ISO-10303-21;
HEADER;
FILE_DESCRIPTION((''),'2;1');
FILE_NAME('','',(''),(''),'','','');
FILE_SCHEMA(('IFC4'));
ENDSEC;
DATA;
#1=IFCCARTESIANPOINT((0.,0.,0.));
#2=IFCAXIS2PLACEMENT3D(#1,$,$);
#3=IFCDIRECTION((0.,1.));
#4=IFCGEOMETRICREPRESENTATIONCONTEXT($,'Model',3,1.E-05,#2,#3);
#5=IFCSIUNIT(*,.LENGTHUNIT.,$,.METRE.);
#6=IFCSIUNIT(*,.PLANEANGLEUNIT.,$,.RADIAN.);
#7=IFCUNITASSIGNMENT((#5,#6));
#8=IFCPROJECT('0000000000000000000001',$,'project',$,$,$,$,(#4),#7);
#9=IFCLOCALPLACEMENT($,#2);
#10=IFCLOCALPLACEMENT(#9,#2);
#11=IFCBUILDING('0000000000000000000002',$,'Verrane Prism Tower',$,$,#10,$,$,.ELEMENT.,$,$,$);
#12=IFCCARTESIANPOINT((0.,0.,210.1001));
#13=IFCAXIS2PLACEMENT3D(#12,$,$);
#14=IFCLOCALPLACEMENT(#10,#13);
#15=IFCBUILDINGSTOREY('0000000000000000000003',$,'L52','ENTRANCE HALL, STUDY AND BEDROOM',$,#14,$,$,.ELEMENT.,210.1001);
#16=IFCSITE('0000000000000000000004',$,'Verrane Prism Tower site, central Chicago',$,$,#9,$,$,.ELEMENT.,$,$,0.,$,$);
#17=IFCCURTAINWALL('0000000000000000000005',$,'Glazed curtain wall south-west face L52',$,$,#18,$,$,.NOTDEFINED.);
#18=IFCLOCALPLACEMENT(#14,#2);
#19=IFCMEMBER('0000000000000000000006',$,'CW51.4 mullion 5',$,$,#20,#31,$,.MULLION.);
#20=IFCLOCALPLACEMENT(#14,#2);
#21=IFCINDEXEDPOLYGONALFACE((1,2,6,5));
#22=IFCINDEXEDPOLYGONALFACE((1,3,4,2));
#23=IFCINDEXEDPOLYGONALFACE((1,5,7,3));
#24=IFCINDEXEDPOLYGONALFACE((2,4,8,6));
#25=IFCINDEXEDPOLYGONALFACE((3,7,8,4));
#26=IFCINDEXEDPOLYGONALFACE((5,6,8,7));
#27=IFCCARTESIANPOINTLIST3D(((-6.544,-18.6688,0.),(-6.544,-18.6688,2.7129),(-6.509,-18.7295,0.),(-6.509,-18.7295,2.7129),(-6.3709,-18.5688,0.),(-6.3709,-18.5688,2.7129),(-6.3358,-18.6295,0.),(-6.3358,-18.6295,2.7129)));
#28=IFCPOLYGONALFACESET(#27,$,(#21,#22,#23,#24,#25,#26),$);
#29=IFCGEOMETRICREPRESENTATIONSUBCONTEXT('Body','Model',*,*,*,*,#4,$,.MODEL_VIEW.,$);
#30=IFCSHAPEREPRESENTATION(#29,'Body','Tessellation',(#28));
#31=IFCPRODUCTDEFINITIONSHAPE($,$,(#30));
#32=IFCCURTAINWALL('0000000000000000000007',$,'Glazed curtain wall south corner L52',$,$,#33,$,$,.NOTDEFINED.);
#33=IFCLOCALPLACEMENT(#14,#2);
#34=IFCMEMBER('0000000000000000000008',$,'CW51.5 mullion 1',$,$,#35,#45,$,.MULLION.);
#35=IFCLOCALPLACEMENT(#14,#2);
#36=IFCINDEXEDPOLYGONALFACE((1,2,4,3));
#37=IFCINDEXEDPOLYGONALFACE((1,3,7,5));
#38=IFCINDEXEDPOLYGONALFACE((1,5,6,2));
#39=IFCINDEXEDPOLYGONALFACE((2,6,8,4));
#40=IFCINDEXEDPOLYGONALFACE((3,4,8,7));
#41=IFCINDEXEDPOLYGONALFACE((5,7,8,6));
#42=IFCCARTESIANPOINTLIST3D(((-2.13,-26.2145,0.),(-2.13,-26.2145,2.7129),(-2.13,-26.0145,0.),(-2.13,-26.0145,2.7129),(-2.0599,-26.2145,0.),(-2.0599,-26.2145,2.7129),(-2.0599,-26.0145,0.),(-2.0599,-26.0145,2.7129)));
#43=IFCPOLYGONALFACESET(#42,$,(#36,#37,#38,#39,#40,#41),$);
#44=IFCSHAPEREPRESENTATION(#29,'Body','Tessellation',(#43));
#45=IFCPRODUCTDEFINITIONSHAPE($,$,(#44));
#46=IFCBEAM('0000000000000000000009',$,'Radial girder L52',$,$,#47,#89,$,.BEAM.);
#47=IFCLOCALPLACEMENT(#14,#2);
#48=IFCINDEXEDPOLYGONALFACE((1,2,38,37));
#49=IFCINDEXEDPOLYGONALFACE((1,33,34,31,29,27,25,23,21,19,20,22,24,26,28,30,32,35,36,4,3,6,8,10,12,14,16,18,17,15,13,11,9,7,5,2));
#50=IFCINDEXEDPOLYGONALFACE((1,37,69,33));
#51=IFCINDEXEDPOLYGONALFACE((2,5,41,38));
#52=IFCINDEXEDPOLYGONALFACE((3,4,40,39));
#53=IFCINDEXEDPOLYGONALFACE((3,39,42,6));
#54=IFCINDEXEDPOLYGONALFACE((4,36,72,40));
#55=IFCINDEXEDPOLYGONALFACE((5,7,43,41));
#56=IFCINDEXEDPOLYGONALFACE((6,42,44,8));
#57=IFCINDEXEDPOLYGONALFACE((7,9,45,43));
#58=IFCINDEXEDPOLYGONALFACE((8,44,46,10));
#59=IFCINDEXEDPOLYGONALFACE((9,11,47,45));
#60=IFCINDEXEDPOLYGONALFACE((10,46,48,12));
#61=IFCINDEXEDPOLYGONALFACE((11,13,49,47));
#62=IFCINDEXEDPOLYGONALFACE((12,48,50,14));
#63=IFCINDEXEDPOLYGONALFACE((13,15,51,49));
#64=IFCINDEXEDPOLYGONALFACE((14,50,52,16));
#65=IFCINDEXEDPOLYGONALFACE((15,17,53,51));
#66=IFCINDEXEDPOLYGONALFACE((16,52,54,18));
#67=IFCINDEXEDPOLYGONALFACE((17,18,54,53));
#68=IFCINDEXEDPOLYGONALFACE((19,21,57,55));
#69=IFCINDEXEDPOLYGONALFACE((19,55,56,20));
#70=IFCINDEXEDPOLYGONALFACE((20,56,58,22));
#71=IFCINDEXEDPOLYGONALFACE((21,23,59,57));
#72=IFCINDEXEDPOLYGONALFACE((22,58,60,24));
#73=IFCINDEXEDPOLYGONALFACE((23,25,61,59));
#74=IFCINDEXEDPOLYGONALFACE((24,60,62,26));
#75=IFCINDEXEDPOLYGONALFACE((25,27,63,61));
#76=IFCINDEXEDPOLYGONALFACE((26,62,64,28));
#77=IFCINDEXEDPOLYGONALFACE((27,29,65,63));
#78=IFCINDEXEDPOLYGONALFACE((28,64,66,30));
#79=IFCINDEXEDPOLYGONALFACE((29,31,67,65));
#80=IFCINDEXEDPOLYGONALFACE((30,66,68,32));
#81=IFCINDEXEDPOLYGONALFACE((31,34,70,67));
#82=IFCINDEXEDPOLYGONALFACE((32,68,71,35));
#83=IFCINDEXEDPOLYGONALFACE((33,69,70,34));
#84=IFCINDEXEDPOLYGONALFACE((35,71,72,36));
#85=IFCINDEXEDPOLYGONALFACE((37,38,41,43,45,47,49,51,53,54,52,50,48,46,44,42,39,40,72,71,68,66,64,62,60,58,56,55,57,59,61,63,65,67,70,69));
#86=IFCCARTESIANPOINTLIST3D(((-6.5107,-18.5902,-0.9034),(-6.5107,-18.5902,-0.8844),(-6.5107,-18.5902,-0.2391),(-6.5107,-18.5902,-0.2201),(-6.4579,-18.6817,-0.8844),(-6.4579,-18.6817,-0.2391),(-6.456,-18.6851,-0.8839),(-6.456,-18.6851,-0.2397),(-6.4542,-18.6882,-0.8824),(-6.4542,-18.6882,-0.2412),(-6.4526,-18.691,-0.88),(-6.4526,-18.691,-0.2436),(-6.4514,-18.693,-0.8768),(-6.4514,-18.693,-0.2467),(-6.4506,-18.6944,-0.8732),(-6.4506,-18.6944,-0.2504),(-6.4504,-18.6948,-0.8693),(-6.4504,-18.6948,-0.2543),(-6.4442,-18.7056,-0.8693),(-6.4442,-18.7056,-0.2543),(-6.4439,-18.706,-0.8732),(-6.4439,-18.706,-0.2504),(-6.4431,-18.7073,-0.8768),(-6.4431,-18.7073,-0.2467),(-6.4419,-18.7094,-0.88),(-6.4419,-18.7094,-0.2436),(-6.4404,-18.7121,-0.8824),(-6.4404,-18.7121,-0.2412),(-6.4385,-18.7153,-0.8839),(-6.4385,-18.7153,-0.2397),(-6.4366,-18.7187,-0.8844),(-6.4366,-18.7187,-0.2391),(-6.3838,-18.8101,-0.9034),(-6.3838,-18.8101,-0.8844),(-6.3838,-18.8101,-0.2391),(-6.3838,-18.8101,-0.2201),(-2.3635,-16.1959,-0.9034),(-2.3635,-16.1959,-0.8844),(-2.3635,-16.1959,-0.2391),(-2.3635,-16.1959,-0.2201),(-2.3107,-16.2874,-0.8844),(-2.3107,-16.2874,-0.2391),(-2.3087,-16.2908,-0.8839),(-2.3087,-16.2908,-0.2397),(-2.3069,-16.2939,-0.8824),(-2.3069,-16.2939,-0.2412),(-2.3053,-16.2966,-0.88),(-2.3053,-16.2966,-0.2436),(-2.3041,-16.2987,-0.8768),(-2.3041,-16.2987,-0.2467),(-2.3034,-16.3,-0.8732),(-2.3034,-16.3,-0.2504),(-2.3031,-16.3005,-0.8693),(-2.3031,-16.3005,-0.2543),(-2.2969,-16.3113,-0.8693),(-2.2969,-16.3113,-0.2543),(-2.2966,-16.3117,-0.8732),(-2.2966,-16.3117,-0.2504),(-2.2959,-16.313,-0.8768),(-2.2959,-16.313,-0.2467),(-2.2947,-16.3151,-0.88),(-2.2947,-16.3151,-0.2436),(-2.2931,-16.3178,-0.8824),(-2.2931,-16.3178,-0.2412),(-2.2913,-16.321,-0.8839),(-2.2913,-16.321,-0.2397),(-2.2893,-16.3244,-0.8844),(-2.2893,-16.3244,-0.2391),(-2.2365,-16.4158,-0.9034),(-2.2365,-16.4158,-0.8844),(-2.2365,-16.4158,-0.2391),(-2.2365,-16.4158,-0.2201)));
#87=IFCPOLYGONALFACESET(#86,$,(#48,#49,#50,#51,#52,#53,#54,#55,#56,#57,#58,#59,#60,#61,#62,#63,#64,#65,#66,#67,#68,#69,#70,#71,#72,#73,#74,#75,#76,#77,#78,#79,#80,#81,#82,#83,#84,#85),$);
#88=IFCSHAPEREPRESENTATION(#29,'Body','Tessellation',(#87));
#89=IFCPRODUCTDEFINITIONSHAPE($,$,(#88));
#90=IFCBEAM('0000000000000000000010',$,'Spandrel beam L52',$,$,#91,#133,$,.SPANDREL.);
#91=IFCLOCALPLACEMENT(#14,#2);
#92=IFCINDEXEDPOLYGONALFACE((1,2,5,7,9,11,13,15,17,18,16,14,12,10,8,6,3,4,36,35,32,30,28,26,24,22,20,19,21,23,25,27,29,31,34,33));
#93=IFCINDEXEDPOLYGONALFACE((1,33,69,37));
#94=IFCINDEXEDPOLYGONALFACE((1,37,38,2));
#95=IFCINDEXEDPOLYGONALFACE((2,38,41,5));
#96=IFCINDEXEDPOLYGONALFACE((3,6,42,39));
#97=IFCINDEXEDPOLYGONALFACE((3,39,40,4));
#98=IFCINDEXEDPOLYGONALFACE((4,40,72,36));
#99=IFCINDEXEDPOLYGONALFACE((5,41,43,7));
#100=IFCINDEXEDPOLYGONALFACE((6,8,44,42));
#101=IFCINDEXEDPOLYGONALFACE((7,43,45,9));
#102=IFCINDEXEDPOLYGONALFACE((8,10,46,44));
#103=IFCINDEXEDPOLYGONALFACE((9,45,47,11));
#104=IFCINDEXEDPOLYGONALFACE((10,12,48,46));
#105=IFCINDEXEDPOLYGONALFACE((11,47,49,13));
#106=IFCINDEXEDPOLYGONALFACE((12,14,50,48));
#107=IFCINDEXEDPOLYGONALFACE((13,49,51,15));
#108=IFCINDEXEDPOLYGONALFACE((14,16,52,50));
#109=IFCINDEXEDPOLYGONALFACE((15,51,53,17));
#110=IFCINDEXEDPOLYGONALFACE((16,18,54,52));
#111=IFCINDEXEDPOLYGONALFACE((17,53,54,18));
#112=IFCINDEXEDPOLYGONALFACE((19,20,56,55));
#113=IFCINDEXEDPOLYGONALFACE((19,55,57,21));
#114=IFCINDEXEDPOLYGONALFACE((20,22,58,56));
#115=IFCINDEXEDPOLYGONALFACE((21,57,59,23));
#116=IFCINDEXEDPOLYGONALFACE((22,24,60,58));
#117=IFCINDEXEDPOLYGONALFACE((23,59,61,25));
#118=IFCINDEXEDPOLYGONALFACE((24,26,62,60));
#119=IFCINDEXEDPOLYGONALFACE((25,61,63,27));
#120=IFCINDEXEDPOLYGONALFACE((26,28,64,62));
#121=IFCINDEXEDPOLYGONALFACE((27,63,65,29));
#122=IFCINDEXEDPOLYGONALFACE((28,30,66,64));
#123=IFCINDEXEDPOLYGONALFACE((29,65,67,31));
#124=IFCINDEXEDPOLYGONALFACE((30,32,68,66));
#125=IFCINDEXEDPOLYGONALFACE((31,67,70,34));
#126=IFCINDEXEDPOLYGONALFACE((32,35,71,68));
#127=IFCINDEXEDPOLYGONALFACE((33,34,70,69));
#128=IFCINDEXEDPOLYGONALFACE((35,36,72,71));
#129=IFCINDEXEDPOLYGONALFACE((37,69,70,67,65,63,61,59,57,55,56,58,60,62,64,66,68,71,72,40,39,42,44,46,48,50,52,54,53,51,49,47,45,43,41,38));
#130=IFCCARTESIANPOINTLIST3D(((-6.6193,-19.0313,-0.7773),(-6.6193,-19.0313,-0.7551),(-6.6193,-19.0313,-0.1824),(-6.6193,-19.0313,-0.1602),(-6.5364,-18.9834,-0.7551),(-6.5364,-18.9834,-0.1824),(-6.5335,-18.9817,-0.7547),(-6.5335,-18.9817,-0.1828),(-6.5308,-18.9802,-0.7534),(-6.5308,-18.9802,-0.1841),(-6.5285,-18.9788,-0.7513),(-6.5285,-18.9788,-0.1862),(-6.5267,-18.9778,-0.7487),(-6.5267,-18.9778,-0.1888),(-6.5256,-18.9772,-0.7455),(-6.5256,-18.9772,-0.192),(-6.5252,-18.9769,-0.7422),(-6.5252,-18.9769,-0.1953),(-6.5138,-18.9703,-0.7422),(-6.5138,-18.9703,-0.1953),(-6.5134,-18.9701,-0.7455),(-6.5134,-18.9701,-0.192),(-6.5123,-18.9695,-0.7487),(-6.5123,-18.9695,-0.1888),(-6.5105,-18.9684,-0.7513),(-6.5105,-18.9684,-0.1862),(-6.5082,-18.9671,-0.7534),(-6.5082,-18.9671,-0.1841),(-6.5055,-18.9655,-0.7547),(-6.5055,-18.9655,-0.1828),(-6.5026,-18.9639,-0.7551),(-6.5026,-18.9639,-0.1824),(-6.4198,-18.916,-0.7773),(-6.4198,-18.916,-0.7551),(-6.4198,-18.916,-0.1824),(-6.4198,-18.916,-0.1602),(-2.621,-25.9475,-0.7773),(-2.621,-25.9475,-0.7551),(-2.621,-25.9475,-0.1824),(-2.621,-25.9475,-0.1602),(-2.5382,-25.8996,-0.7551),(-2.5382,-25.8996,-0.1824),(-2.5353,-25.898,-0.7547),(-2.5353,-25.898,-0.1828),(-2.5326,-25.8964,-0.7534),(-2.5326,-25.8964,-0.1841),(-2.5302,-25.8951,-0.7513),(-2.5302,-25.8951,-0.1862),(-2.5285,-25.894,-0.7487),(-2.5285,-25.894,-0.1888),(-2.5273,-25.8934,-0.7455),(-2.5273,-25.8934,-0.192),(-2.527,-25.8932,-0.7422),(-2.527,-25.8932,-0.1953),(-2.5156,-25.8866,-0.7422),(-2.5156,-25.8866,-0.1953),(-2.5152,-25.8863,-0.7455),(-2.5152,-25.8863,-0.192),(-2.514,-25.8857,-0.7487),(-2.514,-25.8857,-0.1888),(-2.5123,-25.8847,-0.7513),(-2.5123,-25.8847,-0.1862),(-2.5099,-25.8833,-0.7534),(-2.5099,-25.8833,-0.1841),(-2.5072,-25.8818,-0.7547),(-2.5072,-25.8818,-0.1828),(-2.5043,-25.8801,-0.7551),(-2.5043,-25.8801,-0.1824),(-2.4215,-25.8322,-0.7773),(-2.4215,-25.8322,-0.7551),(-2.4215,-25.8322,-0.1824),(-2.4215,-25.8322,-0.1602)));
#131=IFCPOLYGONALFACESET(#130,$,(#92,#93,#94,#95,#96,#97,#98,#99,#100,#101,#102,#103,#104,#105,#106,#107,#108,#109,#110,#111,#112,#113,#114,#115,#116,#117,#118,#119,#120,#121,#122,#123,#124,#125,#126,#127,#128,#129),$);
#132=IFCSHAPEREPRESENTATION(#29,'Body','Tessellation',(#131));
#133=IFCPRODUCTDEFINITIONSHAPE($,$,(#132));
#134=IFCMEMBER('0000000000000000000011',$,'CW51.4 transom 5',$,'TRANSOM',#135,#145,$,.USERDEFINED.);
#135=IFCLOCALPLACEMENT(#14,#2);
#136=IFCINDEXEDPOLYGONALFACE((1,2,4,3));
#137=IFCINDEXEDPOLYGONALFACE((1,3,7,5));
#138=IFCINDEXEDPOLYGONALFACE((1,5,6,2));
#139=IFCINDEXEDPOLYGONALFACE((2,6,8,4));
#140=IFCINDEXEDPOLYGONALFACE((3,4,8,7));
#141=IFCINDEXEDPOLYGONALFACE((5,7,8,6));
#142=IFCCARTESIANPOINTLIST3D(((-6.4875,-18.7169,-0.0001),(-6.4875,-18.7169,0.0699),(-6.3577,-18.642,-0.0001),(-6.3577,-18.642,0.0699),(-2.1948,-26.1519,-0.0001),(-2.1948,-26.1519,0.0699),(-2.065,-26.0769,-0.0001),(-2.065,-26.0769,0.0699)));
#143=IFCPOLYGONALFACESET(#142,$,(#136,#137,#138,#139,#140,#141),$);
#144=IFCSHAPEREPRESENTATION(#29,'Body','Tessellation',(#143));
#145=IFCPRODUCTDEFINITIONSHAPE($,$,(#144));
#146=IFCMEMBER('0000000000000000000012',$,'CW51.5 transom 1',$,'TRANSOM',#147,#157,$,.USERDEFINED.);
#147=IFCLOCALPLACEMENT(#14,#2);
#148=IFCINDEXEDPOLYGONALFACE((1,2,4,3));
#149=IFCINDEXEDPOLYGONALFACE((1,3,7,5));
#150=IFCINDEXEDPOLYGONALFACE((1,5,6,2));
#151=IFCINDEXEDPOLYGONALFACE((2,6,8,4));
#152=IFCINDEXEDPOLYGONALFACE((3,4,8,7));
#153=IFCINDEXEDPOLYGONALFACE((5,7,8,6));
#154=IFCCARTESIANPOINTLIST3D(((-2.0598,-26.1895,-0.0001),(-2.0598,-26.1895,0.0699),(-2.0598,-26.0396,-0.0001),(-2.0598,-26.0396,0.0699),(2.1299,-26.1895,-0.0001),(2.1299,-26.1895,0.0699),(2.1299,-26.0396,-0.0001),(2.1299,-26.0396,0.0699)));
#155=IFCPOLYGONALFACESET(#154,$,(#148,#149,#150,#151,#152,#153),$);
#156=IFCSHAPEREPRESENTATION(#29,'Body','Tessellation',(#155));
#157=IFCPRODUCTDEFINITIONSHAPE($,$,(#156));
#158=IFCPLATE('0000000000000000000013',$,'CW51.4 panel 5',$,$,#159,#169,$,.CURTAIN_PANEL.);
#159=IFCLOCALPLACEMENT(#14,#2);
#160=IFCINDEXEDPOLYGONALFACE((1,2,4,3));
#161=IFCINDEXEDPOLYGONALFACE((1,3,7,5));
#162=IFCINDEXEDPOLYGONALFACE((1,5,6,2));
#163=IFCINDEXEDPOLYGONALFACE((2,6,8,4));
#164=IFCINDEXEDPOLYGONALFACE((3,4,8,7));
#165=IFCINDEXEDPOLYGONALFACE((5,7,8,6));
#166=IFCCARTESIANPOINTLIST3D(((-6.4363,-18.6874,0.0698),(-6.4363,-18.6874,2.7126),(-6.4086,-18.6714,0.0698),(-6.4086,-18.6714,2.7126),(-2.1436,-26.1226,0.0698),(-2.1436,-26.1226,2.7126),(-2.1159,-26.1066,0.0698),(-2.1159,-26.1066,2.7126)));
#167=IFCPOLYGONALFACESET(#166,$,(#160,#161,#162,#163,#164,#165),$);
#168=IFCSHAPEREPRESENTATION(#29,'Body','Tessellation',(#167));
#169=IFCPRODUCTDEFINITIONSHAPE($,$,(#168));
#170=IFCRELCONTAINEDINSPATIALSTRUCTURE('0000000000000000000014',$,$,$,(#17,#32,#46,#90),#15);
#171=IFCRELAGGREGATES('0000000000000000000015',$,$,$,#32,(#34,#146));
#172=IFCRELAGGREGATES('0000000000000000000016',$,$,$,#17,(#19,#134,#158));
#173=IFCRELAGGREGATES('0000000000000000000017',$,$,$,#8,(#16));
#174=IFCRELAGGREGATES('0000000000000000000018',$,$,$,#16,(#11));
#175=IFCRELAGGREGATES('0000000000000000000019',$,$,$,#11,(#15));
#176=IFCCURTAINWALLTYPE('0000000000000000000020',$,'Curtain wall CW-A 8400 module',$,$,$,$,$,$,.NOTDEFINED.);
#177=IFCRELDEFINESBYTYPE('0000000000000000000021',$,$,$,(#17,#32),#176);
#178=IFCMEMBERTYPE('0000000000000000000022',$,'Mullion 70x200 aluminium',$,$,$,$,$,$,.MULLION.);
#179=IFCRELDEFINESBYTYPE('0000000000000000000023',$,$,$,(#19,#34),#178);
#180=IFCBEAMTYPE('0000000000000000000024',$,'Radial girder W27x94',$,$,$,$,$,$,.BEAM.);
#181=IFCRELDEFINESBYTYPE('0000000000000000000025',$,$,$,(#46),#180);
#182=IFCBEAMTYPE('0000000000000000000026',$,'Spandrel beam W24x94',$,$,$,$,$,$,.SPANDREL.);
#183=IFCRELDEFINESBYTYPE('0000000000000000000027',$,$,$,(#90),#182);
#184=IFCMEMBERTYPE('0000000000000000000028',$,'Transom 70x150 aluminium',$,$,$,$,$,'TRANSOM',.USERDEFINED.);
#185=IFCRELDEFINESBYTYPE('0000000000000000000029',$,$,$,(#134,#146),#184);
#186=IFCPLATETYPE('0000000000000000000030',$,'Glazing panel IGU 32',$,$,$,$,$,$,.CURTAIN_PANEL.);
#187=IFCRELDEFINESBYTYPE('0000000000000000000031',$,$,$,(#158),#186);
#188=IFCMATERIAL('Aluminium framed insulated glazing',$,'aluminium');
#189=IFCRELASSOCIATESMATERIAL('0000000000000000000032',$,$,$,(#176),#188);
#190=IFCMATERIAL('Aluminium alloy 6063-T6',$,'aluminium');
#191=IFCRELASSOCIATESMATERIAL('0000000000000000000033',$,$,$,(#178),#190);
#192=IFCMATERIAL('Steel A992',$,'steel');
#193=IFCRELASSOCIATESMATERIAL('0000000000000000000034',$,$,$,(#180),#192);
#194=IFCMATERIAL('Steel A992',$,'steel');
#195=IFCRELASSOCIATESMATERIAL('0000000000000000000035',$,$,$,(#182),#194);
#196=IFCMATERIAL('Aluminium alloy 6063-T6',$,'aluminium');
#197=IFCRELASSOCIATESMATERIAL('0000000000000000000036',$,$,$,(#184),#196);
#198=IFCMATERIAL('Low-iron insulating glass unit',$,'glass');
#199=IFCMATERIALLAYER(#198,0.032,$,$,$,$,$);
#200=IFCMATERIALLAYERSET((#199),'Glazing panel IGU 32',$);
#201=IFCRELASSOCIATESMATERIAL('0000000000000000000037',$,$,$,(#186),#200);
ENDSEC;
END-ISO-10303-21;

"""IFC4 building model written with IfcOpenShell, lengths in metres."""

from ifc_helpers import new_model, si_unit, direction, frame, origin, origin_2d, place, context, subcontext, project, spatial, rectangle, i_section, extrude, material, layer, layer_set, material_profile, profile_set, type_object, element, aggregate, save


model = new_model("IFC4")

# Units and contexts
model_context = context("Model", 3, precision=1e-05, world=origin(), true_north=direction((0.0, 1.0)))
body_context = subcontext(model_context, "Body", "Model", "MODEL_VIEW")
ifc_project = project(units=[si_unit("LENGTHUNIT", "METRE"), si_unit("PLANEANGLEUNIT", "RADIAN")], contexts=[model_context])

# Site, building, storey
site_placement = place(None, origin())
site = spatial("IfcSite", under=ifc_project, at=site_placement, Name="Verrane Prism Tower site, central Chicago", CompositionType="ELEMENT", RefElevation=0.0)
building_placement = place(site_placement, origin())
building = spatial("IfcBuilding", under=site, at=building_placement, Name="Verrane Prism Tower", CompositionType="ELEMENT")
storey_placement = place(building_placement, frame((0.0, 0.0, 210.1001)))
storey = spatial("IfcBuildingStorey", under=building, at=storey_placement, Name="L52", Description="ENTRANCE HALL, STUDY AND BEDROOM", CompositionType="ELEMENT", Elevation=210.1001)

# Curtain walls, members
ifc_material_1 = material(Name="Aluminium framed insulated glazing", Category="aluminium")
curtain_wall_type = type_object("IfcCurtainWallType", Name="Curtain wall CW-A 8400 module", PredefinedType="NOTDEFINED", material=ifc_material_1)
curtain_wall_1_placement = place(storey_placement, origin())
curtain_wall_1 = element("IfcCurtainWall", 1, at=curtain_wall_1_placement, inside=storey, type_object=curtain_wall_type, Name="Glazed curtain wall south-west face L52", PredefinedType="NOTDEFINED")
ifc_material_2 = material(Name="Aluminium alloy 6063-T6", Category="aluminium")
ifc_material_profile_1 = material_profile(ifc_material_2, rectangle(XDim=0.2, YDim=0.0701, at=origin_2d()), Name="Mullion 70x200 aluminium")
ifc_profile_set_1 = profile_set([ifc_material_profile_1], Name="Aluminium alloy 6063-T6")
member_type_1 = type_object("IfcMemberType", Name="Mullion 70x200 aluminium", PredefinedType="MULLION", material=ifc_profile_set_1)
member_1_placement = place(storey_placement, frame((-6.4399, -18.6492, 0.0), z_axis=(0.0, 0.0, 1.0), x_axis=(0.866026, 0.499999, 0.0)))
member_1 = element("IfcMember", 2, at=member_1_placement, type_object=member_type_1, Name="CW51.4 mullion 5", PredefinedType="MULLION", context=body_context, shape_type="SweptSolid", body=[
    extrude(rectangle(XDim=0.2, YDim=0.0701, at=origin_2d()), origin(), (0.0, 0.0, 1.0), 2.7129),
])
curtain_wall_2_placement = place(storey_placement, origin())
curtain_wall_2 = element("IfcCurtainWall", 3, at=curtain_wall_2_placement, inside=storey, type_object=curtain_wall_type, Name="Glazed curtain wall south corner L52", PredefinedType="NOTDEFINED")
member_2_placement = place(storey_placement, frame((-2.095, -26.1145, 0.0), z_axis=(0.0, 0.0, 1.0), x_axis=(0.0, 1.0, 0.0)))
member_2 = element("IfcMember", 4, at=member_2_placement, type_object=member_type_1, Name="CW51.5 mullion 1", PredefinedType="MULLION", context=body_context, shape_type="SweptSolid", body=[
    extrude(rectangle(XDim=0.2, YDim=0.0701, at=origin_2d()), origin(), (0.0, 0.0, 1.0), 2.7129),
])

# Beams
ifc_material_3 = material(Name="Steel A992", Category="steel")
ifc_material_profile_2 = material_profile(ifc_material_3, i_section(OverallWidth=0.2539, OverallDepth=0.6833, WebThickness=0.0125, FlangeThickness=0.019, FilletRadius=0.0151, at=origin_2d()), Name="W27x94")
ifc_profile_set_2 = profile_set([ifc_material_profile_2], Name="Steel A992")
beam_type_1 = type_object("IfcBeamType", Name="Radial girder W27x94", PredefinedType="BEAM", material=ifc_profile_set_2)
beam_1_placement = place(storey_placement, frame((-6.4473, -18.7002, -0.5618), z_axis=(0.866035, 0.499983, 0.0), x_axis=(-0.499983, 0.866035, 0.0)))
element("IfcBeam", 5, at=beam_1_placement, inside=storey, type_object=beam_type_1, Name="Radial girder L52", PredefinedType="BEAM", context=body_context, shape_type="SweptSolid", body=[
    extrude(i_section(OverallWidth=0.2539, OverallDepth=0.6833, WebThickness=0.0125, FlangeThickness=0.019, FilletRadius=0.0151, at=origin_2d()), origin(), (0.0, 0.0, 1.0), 4.7888),
])
ifc_material_4 = material(Name="Steel A992", Category="steel")
ifc_material_profile_3 = material_profile(ifc_material_4, i_section(OverallWidth=0.2305, OverallDepth=0.6172, WebThickness=0.0132, FlangeThickness=0.0222, FilletRadius=0.0129, at=origin_2d()), Name="W24x94")
ifc_profile_set_3 = profile_set([ifc_material_profile_3], Name="Steel A992")
beam_type_2 = type_object("IfcBeamType", Name="Spandrel beam W24x94", PredefinedType="SPANDREL", material=ifc_profile_set_3)
beam_2_placement = place(storey_placement, frame((-6.5195, -18.9736, -0.4688), z_axis=(0.500487, -0.865744, 0.0), x_axis=(0.865744, 0.500487, 0.0)))
element("IfcBeam", 6, at=beam_2_placement, inside=storey, type_object=beam_type_2, Name="Spandrel beam L52", PredefinedType="SPANDREL", context=body_context, shape_type="SweptSolid", body=[
    extrude(i_section(OverallWidth=0.2305, OverallDepth=0.6172, WebThickness=0.0132, FlangeThickness=0.0222, FilletRadius=0.0129, at=origin_2d()), origin(), (0.0, 0.0, 1.0), 7.9888),
])

# Members
ifc_material_5 = material(Name="Aluminium alloy 6063-T6", Category="aluminium")
ifc_material_profile_4 = material_profile(ifc_material_5, rectangle(XDim=0.1499, YDim=0.0701, at=origin_2d()), Name="Transom 70x150 aluminium")
ifc_profile_set_4 = profile_set([ifc_material_profile_4], Name="Aluminium alloy 6063-T6")
member_type_2 = type_object("IfcMemberType", Name="Transom 70x150 aluminium", ElementType="TRANSOM", PredefinedType="USERDEFINED", material=ifc_profile_set_4)
member_3_placement = place(storey_placement, frame((-6.4226, -18.6794, 0.0349), z_axis=(0.500008, -0.866021, 0.0), x_axis=(0.866021, 0.500008, 0.0)))
member_3 = element("IfcMember", 7, at=member_3_placement, type_object=member_type_2, Name="CW51.4 transom 5", ObjectType="TRANSOM", PredefinedType="USERDEFINED", context=body_context, shape_type="SweptSolid", body=[
    extrude(rectangle(XDim=0.1499, YDim=0.0701, at=origin_2d()), origin(), (0.0, 0.0, 1.0), 8.5852),
])
member_4_placement = place(storey_placement, frame((-2.0598, -26.1145, 0.0349), z_axis=(1.0, 0.0, 0.0), x_axis=(0.0, 1.0, 0.0)))
member_4 = element("IfcMember", 8, at=member_4_placement, type_object=member_type_2, Name="CW51.5 transom 1", ObjectType="TRANSOM", PredefinedType="USERDEFINED", context=body_context, shape_type="SweptSolid", body=[
    extrude(rectangle(XDim=0.1499, YDim=0.0701, at=origin_2d()), origin(), (0.0, 0.0, 1.0), 4.1897),
])
aggregate(curtain_wall_2, [member_2, member_4])

# Plate
ifc_material_6 = material(Name="Low-iron insulating glass unit", Category="glass")
ifc_layer_1 = layer(ifc_material_6, 0.032)
ifc_layer_set_1 = layer_set([ifc_layer_1], Name="Glazing panel IGU 32")
plate_type = type_object("IfcPlateType", Name="Glazing panel IGU 32", PredefinedType="CURTAIN_PANEL", material=ifc_layer_set_1)
plate_placement = place(storey_placement, frame((-4.2761, -22.397, 0.0698), z_axis=(0.0, 0.0, 1.0), x_axis=(0.499999, -0.866026, 0.0)))
plate = element("IfcPlate", 9, at=plate_placement, type_object=plate_type, Name="CW51.4 panel 5", PredefinedType="CURTAIN_PANEL", context=body_context, shape_type="SweptSolid", body=[
    extrude(rectangle(XDim=8.5854, YDim=0.032, at=origin_2d()), origin(), (0.0, 0.0, 1.0), 2.6428),
])
aggregate(curtain_wall_1, [member_1, member_3, plate])

save(model, "model.ifc")
